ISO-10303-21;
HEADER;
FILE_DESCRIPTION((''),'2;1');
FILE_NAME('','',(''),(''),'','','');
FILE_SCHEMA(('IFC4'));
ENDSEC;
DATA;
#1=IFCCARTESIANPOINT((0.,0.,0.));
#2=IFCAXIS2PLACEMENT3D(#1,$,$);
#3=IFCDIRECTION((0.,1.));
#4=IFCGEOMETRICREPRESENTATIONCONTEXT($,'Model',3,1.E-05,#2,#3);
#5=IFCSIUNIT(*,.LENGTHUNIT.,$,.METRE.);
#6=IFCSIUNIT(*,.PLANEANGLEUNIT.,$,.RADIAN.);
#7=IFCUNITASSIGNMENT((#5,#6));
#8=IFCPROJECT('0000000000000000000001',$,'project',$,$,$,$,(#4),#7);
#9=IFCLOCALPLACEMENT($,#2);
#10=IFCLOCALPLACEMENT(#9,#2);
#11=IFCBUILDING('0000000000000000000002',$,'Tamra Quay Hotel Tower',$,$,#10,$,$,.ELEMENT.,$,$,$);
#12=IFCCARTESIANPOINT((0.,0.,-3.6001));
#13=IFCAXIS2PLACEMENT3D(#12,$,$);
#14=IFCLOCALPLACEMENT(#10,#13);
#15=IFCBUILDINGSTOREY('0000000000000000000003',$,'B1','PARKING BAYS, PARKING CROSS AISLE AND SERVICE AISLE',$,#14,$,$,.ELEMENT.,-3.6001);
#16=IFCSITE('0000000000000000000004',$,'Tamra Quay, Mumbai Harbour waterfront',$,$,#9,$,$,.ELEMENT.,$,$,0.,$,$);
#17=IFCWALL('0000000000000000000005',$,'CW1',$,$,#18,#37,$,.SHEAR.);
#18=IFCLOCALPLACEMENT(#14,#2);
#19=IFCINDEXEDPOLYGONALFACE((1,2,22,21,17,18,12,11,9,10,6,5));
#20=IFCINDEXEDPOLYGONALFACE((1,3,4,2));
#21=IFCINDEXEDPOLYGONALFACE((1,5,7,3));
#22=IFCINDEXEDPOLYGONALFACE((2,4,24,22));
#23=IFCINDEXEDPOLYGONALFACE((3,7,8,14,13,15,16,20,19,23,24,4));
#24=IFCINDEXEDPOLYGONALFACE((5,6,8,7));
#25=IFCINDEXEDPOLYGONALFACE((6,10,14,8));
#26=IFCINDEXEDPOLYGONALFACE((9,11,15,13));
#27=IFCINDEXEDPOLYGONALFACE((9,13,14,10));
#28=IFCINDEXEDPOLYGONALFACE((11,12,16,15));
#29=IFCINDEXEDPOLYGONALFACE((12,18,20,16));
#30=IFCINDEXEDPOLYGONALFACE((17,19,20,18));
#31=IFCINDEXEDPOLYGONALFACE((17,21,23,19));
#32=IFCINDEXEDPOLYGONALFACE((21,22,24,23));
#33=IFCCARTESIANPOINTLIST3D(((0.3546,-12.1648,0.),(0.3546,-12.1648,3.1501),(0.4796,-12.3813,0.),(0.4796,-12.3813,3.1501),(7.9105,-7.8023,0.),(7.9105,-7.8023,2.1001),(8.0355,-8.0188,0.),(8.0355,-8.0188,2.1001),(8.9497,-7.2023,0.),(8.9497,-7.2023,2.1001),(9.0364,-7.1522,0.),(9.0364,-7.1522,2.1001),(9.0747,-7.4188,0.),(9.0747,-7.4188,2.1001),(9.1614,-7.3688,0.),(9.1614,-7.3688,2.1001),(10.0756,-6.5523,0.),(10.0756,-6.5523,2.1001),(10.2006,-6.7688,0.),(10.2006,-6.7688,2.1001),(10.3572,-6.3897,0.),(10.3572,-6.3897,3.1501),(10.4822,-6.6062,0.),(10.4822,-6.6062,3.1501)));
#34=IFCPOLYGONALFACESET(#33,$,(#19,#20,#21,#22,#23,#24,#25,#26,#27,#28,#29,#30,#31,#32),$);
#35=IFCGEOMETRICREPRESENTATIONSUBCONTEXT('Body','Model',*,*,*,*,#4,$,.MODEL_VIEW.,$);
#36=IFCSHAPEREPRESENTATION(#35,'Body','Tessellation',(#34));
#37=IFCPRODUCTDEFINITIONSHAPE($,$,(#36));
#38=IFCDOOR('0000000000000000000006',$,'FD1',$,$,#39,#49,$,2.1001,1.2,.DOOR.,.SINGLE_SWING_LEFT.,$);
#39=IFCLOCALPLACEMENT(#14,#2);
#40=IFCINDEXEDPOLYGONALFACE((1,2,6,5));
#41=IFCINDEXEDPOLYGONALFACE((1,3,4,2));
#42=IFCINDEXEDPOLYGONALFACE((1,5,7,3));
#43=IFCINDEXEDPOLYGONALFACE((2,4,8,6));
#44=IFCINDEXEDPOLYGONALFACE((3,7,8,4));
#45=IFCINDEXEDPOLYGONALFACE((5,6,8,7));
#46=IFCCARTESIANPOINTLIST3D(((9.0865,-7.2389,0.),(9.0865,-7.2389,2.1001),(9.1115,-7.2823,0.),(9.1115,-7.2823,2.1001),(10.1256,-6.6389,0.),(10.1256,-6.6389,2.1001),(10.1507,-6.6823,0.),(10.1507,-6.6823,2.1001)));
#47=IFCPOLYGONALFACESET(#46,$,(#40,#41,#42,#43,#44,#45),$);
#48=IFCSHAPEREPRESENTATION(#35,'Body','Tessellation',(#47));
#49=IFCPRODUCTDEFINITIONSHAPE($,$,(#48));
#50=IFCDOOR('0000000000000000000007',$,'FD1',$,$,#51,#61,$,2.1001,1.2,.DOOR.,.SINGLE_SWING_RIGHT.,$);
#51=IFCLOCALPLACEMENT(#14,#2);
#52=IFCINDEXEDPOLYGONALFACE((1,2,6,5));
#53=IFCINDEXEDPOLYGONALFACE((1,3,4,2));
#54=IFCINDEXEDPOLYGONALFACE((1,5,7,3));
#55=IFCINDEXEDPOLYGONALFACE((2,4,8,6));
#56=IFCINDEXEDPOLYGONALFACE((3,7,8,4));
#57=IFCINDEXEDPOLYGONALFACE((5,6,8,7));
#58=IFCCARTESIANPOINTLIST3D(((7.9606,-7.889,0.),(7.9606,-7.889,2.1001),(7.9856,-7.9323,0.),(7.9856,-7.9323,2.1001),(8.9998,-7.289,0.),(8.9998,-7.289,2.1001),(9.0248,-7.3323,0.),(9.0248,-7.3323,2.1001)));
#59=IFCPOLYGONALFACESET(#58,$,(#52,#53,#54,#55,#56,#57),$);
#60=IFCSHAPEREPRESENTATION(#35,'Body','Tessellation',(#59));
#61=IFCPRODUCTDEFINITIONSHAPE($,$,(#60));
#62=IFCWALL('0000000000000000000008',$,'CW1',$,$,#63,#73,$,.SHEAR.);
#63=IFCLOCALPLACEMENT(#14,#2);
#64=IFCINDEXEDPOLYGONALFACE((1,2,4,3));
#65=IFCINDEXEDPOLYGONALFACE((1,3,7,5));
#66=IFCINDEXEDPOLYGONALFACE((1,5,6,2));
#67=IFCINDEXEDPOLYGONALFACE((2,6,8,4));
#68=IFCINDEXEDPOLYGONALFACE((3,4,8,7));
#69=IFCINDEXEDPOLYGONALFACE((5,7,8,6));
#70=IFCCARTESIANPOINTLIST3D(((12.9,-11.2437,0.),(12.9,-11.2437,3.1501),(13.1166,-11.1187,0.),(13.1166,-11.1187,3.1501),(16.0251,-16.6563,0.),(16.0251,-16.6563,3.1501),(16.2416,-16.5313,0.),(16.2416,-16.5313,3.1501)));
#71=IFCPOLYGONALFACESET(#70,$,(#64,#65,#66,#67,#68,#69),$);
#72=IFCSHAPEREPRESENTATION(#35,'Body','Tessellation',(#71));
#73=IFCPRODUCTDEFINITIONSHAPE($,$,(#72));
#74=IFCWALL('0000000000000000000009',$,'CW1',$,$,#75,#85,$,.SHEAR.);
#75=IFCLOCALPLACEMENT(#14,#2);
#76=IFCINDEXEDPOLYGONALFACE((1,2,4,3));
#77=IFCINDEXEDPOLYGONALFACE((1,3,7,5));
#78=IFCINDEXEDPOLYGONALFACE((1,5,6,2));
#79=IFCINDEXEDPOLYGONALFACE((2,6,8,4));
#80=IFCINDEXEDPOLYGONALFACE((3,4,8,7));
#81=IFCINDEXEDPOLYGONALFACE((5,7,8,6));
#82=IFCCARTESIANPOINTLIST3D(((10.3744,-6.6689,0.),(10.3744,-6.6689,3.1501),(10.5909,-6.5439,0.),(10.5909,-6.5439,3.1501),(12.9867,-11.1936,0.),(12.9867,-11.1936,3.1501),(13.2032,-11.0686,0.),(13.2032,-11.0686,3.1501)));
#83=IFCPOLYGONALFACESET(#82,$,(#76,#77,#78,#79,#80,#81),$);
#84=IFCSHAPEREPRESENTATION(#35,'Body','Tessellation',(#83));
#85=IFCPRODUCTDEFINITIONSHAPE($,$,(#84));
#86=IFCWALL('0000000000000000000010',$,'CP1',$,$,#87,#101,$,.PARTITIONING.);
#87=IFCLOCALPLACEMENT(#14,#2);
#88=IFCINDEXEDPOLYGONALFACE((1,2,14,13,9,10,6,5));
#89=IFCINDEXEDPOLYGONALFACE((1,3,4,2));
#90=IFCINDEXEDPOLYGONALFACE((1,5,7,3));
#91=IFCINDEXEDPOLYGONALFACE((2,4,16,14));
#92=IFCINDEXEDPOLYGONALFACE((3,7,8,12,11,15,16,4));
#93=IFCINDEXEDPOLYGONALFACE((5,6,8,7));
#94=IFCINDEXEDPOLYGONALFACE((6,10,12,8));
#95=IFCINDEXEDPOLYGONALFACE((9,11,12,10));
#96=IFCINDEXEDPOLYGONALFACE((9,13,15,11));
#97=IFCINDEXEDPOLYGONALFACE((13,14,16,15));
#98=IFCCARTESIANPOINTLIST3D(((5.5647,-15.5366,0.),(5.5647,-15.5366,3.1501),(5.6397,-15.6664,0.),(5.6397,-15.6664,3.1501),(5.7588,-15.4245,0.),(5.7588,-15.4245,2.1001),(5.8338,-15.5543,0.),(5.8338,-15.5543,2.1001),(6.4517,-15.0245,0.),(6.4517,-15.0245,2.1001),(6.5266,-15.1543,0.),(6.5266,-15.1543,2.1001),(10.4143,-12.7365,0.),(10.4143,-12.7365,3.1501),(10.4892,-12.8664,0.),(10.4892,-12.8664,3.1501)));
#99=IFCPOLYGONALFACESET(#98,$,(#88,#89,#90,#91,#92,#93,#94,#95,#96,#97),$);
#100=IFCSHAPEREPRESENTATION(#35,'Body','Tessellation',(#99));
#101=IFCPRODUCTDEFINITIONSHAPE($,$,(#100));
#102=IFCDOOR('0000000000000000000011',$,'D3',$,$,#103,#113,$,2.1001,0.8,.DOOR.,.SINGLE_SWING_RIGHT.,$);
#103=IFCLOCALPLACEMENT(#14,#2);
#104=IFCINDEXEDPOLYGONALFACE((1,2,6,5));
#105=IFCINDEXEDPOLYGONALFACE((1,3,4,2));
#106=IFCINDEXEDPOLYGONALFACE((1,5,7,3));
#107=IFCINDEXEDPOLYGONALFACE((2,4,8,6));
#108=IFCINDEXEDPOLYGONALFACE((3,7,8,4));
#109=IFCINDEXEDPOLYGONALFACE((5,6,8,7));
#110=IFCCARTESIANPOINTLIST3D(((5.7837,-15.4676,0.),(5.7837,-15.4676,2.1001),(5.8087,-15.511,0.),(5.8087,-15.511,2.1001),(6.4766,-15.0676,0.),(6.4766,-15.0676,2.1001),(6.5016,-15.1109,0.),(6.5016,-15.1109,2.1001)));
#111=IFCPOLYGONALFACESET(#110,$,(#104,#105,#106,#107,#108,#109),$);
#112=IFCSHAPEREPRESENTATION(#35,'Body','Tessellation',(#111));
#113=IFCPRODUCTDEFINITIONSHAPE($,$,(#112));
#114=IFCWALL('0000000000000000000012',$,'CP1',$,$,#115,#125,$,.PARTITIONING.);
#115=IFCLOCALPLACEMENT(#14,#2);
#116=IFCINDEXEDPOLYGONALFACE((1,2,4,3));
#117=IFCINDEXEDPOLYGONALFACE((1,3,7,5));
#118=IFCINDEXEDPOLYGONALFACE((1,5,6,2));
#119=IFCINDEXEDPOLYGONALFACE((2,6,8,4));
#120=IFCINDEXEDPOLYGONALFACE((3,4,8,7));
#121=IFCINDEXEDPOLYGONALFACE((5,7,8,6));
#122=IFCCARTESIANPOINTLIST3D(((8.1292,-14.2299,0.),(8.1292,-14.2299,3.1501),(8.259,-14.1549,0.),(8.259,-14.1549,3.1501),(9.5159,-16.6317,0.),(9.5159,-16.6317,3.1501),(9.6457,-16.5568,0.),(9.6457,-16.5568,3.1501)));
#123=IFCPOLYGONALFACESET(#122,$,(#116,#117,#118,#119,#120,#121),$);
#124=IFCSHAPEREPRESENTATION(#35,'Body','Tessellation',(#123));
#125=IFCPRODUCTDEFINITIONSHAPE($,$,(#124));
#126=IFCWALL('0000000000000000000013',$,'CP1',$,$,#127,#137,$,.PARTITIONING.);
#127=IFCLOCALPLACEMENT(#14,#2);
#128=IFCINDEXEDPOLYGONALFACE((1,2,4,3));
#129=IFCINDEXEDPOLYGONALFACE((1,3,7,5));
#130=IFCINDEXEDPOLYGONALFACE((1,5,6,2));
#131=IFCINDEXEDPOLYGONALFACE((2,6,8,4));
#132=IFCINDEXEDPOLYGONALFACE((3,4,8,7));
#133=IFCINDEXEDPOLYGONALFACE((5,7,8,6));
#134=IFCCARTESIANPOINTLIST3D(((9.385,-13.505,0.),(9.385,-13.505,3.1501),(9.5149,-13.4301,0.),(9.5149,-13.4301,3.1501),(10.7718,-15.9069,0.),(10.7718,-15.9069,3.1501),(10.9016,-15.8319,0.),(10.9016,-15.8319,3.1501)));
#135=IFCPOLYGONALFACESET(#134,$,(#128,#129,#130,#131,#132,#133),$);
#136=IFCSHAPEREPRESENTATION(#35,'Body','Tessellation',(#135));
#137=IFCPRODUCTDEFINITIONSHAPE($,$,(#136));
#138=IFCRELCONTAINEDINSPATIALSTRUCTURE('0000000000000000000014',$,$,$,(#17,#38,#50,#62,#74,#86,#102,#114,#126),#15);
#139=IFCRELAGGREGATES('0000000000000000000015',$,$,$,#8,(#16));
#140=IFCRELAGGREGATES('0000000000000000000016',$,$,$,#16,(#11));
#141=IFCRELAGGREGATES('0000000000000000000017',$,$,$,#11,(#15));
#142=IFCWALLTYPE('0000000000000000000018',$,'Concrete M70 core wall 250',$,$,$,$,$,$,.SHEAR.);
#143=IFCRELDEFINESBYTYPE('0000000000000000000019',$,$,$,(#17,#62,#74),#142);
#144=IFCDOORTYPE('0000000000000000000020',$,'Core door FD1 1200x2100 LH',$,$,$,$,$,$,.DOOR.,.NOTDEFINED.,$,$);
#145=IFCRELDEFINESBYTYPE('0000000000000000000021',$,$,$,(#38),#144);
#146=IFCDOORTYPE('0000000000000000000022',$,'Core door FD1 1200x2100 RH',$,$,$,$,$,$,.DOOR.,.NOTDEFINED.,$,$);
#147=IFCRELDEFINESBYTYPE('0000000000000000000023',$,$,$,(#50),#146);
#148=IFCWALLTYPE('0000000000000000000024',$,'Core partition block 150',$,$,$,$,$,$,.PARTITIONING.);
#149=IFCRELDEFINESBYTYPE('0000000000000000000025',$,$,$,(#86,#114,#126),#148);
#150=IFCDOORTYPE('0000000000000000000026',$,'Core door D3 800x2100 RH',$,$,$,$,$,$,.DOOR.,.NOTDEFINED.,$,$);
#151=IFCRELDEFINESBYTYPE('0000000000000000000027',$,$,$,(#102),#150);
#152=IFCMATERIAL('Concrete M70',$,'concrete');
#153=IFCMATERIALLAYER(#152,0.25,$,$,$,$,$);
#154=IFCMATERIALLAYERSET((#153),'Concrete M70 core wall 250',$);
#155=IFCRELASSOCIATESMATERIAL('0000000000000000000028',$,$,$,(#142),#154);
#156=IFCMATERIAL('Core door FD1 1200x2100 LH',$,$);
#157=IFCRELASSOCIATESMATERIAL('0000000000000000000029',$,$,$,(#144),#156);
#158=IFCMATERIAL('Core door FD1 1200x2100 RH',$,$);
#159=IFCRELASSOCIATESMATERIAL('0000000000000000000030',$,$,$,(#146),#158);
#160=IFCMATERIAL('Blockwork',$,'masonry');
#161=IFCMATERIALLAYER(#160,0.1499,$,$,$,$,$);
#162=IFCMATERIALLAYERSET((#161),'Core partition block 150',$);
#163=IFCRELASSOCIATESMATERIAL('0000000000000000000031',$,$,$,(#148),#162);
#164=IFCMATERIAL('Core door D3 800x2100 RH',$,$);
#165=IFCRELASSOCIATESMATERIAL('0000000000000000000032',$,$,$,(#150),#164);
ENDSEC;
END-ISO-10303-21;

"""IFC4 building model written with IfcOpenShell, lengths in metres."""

from ifc_helpers import new_model, si_unit, direction, frame, frame_2d, origin, place, context, subcontext, project, spatial, rectangle, extrude, material, layer, layer_set, type_object, element, fill, save


model = new_model("IFC4")

# Units and contexts
model_context = context("Model", 3, precision=1e-05, world=origin(), true_north=direction((0.0, 1.0)))
body_context = subcontext(model_context, "Body", "Model", "MODEL_VIEW")
ifc_project = project(units=[si_unit("LENGTHUNIT", "METRE"), si_unit("PLANEANGLEUNIT", "RADIAN")], contexts=[model_context])

# Site, building, storey
site_placement = place(None, origin())
site = spatial("IfcSite", under=ifc_project, at=site_placement, Name="Tamra Quay, Mumbai Harbour waterfront", CompositionType="ELEMENT", RefElevation=0.0)
building_placement = place(site_placement, origin())
building = spatial("IfcBuilding", under=site, at=building_placement, Name="Tamra Quay Hotel Tower", CompositionType="ELEMENT")
storey_placement = place(building_placement, frame((0.0, 0.0, -3.6001)))
storey = spatial("IfcBuildingStorey", under=building, at=storey_placement, Name="B1", Description="PARKING BAYS, PARKING CROSS AISLE AND SERVICE AISLE", CompositionType="ELEMENT", Elevation=-3.6001)

# Shared definitions
ifc_material_1 = material(Name="Concrete M70", Category="concrete")

# Wall, openings, doors
ifc_layer_1 = layer(ifc_material_1, 0.25)
ifc_layer_set_1 = layer_set([ifc_layer_1], Name="Concrete M70 core wall 250")
wall_type_1 = type_object("IfcWallType", Name="Concrete M70 core wall 250", PredefinedType="SHEAR", material=ifc_layer_set_1)
wall_1_placement = place(storey_placement, frame((0.4172, -12.2729, 0.0), z_axis=(0.0, 0.0, 1.0), x_axis=(0.866022, 0.500006, 0.0)))
wall_1 = element("IfcWall", 1, at=wall_1_placement, inside=storey, type_object=wall_type_1, Name="CW1", PredefinedType="SHEAR", context=body_context, shape_type="SweptSolid", body=[
    extrude(rectangle(XDim=11.55, YDim=0.25, at=frame_2d((5.7749, 0.0))), origin(), (0.0, 0.0, 1.0), 3.1501),
])
opening_1_placement = place(wall_1_placement, frame((10.0247, 0.0, 0.0)))
opening_1 = element("IfcOpeningElement", 2, at=opening_1_placement, cuts=wall_1, PredefinedType="OPENING", context=body_context, shape_type="SweptSolid", body=[
    extrude(rectangle(XDim=1.2, YDim=2.1001, at=frame_2d((0.6001, 1.05))), frame((0.0, 0.135, 0.0), z_axis=(0.0, -1.0, 0.0), x_axis=(1.0, 0.0, 0.0)), (0.0, 0.0, 1.0), 0.27),
])
opening_2_placement = place(wall_1_placement, frame((8.7246, 0.0, 0.0)))
opening_2 = element("IfcOpeningElement", 3, at=opening_2_placement, cuts=wall_1, PredefinedType="OPENING", context=body_context, shape_type="SweptSolid", body=[
    extrude(rectangle(XDim=1.2, YDim=2.1001, at=frame_2d((0.6001, 1.05))), frame((0.0, 0.135, 0.0), z_axis=(0.0, -1.0, 0.0), x_axis=(1.0, 0.0, 0.0)), (0.0, 0.0, 1.0), 0.27),
])
ifc_material_2 = material(Name="Core door FD1 1200x2100 LH")
door_type_1 = type_object("IfcDoorType", Name="Core door FD1 1200x2100 LH", OperationType="NOTDEFINED", PredefinedType="DOOR", material=ifc_material_2)
door_1_placement = place(opening_1_placement, origin())
door_1 = element("IfcDoor", 4, at=door_1_placement, inside=storey, type_object=door_type_1, Name="FD1", OperationType="SINGLE_SWING_LEFT", OverallHeight=2.1001, OverallWidth=1.2, PredefinedType="DOOR", context=body_context, shape_type="SweptSolid", body=[
    extrude(rectangle(XDim=1.2, YDim=2.1001, at=frame_2d((0.6001, 1.05))), frame((0.0, 0.0249, 0.0), z_axis=(0.0, -1.0, 0.0), x_axis=(1.0, 0.0, 0.0)), (0.0, 0.0, 1.0), 0.05),
])
fill(opening_1, door_1)
ifc_material_3 = material(Name="Core door FD1 1200x2100 RH")
door_type_2 = type_object("IfcDoorType", Name="Core door FD1 1200x2100 RH", OperationType="NOTDEFINED", PredefinedType="DOOR", material=ifc_material_3)
door_2_placement = place(opening_2_placement, origin())
door_2 = element("IfcDoor", 5, at=door_2_placement, inside=storey, type_object=door_type_2, Name="FD1", OperationType="SINGLE_SWING_RIGHT", OverallHeight=2.1001, OverallWidth=1.2, PredefinedType="DOOR", context=body_context, shape_type="SweptSolid", body=[
    extrude(rectangle(XDim=1.2, YDim=2.1001, at=frame_2d((0.6001, 1.05))), frame((0.0, 0.0249, 0.0), z_axis=(0.0, -1.0, 0.0), x_axis=(1.0, 0.0, 0.0)), (0.0, 0.0, 1.0), 0.05),
])
fill(opening_2, door_2)

# Walls
wall_2_placement = place(storey_placement, frame((13.0083, -11.1812, 0.0), z_axis=(0.0, 0.0, 1.0), x_axis=(0.500004, -0.866023, 0.0)))
element("IfcWall", 6, at=wall_2_placement, inside=storey, type_object=wall_type_1, Name="CW1", PredefinedType="SHEAR", context=body_context, shape_type="SweptSolid", body=[
    extrude(rectangle(XDim=6.25, YDim=0.25, at=frame_2d((3.125, 0.0))), origin(), (0.0, 0.0, 1.0), 3.1501),
])
wall_3_placement = place(storey_placement, frame((10.4827, -6.6064, 0.0), z_axis=(0.0, 0.0, 1.0), x_axis=(0.499999, -0.866026, 0.0)))
element("IfcWall", 7, at=wall_3_placement, inside=storey, type_object=wall_type_1, Name="CW1", PredefinedType="SHEAR", context=body_context, shape_type="SweptSolid", body=[
    extrude(rectangle(XDim=5.2246, YDim=0.25, at=frame_2d((2.6123, 0.0))), origin(), (0.0, 0.0, 1.0), 3.1501),
])

# Wall, opening, door
ifc_material_4 = material(Name="Blockwork", Category="masonry")
ifc_layer_2 = layer(ifc_material_4, 0.1499)
ifc_layer_set_2 = layer_set([ifc_layer_2], Name="Core partition block 150")
wall_type_2 = type_object("IfcWallType", Name="Core partition block 150", PredefinedType="PARTITIONING", material=ifc_layer_set_2)
wall_4_placement = place(storey_placement, frame((10.4517, -12.8015, 0.0), z_axis=(0.0, 0.0, 1.0), x_axis=(-0.866016, -0.500017, 0.0)))
wall_4 = element("IfcWall", 8, at=wall_4_placement, inside=storey, type_object=wall_type_2, Name="CP1", PredefinedType="PARTITIONING", context=body_context, shape_type="SweptSolid", body=[
    extrude(rectangle(XDim=5.5999, YDim=0.1499, at=frame_2d((2.7998, 0.0))), origin(), (0.0, 0.0, 1.0), 3.1501),
])
opening_3_placement = place(wall_4_placement, frame((4.5757, 0.0, 0.0)))
opening_3 = element("IfcOpeningElement", 9, at=opening_3_placement, cuts=wall_4, PredefinedType="OPENING", context=body_context, shape_type="SweptSolid", body=[
    extrude(rectangle(XDim=0.8, YDim=2.1001, at=frame_2d((0.3999, 1.05))), frame((0.0, 0.085, 0.0), z_axis=(0.0, -1.0, 0.0), x_axis=(1.0, 0.0, 0.0)), (0.0, 0.0, 1.0), 0.1699),
])
ifc_material_5 = material(Name="Core door D3 800x2100 RH")
door_type_3 = type_object("IfcDoorType", Name="Core door D3 800x2100 RH", OperationType="NOTDEFINED", PredefinedType="DOOR", material=ifc_material_5)
door_3_placement = place(opening_3_placement, origin())
door_3 = element("IfcDoor", 10, at=door_3_placement, inside=storey, type_object=door_type_3, Name="D3", OperationType="SINGLE_SWING_RIGHT", OverallHeight=2.1001, OverallWidth=0.8, PredefinedType="DOOR", context=body_context, shape_type="SweptSolid", body=[
    extrude(rectangle(XDim=0.8, YDim=2.1001, at=frame_2d((0.3999, 1.05))), frame((0.0, 0.0249, 0.0), z_axis=(0.0, -1.0, 0.0), x_axis=(1.0, 0.0, 0.0)), (0.0, 0.0, 1.0), 0.05),
])
fill(opening_3, door_3)

# Walls
for number, where, z_axis, x_axis, name in (
    (11, (8.1941, -14.1924, 0.0), (0.0, 0.0, 1.0), (0.500002, -0.866024, 0.0), "CP1"),
    (12, (9.45, -13.4675, 0.0), (0.0, 0.0, 1.0), (0.500002, -0.866024, 0.0), "CP1"),
):
    element("IfcWall", number, at=place(storey_placement, frame(where, z_axis=z_axis, x_axis=x_axis)), inside=storey, type_object=wall_type_2, Name=name, PredefinedType="PARTITIONING", context=body_context, shape_type="SweptSolid", body=[
        extrude(rectangle(XDim=2.7734, YDim=0.1499, at=frame_2d((1.3867, 0.0))), origin(), (0.0, 0.0, 1.0), 3.1501),
    ])

save(model, "model.ifc")
